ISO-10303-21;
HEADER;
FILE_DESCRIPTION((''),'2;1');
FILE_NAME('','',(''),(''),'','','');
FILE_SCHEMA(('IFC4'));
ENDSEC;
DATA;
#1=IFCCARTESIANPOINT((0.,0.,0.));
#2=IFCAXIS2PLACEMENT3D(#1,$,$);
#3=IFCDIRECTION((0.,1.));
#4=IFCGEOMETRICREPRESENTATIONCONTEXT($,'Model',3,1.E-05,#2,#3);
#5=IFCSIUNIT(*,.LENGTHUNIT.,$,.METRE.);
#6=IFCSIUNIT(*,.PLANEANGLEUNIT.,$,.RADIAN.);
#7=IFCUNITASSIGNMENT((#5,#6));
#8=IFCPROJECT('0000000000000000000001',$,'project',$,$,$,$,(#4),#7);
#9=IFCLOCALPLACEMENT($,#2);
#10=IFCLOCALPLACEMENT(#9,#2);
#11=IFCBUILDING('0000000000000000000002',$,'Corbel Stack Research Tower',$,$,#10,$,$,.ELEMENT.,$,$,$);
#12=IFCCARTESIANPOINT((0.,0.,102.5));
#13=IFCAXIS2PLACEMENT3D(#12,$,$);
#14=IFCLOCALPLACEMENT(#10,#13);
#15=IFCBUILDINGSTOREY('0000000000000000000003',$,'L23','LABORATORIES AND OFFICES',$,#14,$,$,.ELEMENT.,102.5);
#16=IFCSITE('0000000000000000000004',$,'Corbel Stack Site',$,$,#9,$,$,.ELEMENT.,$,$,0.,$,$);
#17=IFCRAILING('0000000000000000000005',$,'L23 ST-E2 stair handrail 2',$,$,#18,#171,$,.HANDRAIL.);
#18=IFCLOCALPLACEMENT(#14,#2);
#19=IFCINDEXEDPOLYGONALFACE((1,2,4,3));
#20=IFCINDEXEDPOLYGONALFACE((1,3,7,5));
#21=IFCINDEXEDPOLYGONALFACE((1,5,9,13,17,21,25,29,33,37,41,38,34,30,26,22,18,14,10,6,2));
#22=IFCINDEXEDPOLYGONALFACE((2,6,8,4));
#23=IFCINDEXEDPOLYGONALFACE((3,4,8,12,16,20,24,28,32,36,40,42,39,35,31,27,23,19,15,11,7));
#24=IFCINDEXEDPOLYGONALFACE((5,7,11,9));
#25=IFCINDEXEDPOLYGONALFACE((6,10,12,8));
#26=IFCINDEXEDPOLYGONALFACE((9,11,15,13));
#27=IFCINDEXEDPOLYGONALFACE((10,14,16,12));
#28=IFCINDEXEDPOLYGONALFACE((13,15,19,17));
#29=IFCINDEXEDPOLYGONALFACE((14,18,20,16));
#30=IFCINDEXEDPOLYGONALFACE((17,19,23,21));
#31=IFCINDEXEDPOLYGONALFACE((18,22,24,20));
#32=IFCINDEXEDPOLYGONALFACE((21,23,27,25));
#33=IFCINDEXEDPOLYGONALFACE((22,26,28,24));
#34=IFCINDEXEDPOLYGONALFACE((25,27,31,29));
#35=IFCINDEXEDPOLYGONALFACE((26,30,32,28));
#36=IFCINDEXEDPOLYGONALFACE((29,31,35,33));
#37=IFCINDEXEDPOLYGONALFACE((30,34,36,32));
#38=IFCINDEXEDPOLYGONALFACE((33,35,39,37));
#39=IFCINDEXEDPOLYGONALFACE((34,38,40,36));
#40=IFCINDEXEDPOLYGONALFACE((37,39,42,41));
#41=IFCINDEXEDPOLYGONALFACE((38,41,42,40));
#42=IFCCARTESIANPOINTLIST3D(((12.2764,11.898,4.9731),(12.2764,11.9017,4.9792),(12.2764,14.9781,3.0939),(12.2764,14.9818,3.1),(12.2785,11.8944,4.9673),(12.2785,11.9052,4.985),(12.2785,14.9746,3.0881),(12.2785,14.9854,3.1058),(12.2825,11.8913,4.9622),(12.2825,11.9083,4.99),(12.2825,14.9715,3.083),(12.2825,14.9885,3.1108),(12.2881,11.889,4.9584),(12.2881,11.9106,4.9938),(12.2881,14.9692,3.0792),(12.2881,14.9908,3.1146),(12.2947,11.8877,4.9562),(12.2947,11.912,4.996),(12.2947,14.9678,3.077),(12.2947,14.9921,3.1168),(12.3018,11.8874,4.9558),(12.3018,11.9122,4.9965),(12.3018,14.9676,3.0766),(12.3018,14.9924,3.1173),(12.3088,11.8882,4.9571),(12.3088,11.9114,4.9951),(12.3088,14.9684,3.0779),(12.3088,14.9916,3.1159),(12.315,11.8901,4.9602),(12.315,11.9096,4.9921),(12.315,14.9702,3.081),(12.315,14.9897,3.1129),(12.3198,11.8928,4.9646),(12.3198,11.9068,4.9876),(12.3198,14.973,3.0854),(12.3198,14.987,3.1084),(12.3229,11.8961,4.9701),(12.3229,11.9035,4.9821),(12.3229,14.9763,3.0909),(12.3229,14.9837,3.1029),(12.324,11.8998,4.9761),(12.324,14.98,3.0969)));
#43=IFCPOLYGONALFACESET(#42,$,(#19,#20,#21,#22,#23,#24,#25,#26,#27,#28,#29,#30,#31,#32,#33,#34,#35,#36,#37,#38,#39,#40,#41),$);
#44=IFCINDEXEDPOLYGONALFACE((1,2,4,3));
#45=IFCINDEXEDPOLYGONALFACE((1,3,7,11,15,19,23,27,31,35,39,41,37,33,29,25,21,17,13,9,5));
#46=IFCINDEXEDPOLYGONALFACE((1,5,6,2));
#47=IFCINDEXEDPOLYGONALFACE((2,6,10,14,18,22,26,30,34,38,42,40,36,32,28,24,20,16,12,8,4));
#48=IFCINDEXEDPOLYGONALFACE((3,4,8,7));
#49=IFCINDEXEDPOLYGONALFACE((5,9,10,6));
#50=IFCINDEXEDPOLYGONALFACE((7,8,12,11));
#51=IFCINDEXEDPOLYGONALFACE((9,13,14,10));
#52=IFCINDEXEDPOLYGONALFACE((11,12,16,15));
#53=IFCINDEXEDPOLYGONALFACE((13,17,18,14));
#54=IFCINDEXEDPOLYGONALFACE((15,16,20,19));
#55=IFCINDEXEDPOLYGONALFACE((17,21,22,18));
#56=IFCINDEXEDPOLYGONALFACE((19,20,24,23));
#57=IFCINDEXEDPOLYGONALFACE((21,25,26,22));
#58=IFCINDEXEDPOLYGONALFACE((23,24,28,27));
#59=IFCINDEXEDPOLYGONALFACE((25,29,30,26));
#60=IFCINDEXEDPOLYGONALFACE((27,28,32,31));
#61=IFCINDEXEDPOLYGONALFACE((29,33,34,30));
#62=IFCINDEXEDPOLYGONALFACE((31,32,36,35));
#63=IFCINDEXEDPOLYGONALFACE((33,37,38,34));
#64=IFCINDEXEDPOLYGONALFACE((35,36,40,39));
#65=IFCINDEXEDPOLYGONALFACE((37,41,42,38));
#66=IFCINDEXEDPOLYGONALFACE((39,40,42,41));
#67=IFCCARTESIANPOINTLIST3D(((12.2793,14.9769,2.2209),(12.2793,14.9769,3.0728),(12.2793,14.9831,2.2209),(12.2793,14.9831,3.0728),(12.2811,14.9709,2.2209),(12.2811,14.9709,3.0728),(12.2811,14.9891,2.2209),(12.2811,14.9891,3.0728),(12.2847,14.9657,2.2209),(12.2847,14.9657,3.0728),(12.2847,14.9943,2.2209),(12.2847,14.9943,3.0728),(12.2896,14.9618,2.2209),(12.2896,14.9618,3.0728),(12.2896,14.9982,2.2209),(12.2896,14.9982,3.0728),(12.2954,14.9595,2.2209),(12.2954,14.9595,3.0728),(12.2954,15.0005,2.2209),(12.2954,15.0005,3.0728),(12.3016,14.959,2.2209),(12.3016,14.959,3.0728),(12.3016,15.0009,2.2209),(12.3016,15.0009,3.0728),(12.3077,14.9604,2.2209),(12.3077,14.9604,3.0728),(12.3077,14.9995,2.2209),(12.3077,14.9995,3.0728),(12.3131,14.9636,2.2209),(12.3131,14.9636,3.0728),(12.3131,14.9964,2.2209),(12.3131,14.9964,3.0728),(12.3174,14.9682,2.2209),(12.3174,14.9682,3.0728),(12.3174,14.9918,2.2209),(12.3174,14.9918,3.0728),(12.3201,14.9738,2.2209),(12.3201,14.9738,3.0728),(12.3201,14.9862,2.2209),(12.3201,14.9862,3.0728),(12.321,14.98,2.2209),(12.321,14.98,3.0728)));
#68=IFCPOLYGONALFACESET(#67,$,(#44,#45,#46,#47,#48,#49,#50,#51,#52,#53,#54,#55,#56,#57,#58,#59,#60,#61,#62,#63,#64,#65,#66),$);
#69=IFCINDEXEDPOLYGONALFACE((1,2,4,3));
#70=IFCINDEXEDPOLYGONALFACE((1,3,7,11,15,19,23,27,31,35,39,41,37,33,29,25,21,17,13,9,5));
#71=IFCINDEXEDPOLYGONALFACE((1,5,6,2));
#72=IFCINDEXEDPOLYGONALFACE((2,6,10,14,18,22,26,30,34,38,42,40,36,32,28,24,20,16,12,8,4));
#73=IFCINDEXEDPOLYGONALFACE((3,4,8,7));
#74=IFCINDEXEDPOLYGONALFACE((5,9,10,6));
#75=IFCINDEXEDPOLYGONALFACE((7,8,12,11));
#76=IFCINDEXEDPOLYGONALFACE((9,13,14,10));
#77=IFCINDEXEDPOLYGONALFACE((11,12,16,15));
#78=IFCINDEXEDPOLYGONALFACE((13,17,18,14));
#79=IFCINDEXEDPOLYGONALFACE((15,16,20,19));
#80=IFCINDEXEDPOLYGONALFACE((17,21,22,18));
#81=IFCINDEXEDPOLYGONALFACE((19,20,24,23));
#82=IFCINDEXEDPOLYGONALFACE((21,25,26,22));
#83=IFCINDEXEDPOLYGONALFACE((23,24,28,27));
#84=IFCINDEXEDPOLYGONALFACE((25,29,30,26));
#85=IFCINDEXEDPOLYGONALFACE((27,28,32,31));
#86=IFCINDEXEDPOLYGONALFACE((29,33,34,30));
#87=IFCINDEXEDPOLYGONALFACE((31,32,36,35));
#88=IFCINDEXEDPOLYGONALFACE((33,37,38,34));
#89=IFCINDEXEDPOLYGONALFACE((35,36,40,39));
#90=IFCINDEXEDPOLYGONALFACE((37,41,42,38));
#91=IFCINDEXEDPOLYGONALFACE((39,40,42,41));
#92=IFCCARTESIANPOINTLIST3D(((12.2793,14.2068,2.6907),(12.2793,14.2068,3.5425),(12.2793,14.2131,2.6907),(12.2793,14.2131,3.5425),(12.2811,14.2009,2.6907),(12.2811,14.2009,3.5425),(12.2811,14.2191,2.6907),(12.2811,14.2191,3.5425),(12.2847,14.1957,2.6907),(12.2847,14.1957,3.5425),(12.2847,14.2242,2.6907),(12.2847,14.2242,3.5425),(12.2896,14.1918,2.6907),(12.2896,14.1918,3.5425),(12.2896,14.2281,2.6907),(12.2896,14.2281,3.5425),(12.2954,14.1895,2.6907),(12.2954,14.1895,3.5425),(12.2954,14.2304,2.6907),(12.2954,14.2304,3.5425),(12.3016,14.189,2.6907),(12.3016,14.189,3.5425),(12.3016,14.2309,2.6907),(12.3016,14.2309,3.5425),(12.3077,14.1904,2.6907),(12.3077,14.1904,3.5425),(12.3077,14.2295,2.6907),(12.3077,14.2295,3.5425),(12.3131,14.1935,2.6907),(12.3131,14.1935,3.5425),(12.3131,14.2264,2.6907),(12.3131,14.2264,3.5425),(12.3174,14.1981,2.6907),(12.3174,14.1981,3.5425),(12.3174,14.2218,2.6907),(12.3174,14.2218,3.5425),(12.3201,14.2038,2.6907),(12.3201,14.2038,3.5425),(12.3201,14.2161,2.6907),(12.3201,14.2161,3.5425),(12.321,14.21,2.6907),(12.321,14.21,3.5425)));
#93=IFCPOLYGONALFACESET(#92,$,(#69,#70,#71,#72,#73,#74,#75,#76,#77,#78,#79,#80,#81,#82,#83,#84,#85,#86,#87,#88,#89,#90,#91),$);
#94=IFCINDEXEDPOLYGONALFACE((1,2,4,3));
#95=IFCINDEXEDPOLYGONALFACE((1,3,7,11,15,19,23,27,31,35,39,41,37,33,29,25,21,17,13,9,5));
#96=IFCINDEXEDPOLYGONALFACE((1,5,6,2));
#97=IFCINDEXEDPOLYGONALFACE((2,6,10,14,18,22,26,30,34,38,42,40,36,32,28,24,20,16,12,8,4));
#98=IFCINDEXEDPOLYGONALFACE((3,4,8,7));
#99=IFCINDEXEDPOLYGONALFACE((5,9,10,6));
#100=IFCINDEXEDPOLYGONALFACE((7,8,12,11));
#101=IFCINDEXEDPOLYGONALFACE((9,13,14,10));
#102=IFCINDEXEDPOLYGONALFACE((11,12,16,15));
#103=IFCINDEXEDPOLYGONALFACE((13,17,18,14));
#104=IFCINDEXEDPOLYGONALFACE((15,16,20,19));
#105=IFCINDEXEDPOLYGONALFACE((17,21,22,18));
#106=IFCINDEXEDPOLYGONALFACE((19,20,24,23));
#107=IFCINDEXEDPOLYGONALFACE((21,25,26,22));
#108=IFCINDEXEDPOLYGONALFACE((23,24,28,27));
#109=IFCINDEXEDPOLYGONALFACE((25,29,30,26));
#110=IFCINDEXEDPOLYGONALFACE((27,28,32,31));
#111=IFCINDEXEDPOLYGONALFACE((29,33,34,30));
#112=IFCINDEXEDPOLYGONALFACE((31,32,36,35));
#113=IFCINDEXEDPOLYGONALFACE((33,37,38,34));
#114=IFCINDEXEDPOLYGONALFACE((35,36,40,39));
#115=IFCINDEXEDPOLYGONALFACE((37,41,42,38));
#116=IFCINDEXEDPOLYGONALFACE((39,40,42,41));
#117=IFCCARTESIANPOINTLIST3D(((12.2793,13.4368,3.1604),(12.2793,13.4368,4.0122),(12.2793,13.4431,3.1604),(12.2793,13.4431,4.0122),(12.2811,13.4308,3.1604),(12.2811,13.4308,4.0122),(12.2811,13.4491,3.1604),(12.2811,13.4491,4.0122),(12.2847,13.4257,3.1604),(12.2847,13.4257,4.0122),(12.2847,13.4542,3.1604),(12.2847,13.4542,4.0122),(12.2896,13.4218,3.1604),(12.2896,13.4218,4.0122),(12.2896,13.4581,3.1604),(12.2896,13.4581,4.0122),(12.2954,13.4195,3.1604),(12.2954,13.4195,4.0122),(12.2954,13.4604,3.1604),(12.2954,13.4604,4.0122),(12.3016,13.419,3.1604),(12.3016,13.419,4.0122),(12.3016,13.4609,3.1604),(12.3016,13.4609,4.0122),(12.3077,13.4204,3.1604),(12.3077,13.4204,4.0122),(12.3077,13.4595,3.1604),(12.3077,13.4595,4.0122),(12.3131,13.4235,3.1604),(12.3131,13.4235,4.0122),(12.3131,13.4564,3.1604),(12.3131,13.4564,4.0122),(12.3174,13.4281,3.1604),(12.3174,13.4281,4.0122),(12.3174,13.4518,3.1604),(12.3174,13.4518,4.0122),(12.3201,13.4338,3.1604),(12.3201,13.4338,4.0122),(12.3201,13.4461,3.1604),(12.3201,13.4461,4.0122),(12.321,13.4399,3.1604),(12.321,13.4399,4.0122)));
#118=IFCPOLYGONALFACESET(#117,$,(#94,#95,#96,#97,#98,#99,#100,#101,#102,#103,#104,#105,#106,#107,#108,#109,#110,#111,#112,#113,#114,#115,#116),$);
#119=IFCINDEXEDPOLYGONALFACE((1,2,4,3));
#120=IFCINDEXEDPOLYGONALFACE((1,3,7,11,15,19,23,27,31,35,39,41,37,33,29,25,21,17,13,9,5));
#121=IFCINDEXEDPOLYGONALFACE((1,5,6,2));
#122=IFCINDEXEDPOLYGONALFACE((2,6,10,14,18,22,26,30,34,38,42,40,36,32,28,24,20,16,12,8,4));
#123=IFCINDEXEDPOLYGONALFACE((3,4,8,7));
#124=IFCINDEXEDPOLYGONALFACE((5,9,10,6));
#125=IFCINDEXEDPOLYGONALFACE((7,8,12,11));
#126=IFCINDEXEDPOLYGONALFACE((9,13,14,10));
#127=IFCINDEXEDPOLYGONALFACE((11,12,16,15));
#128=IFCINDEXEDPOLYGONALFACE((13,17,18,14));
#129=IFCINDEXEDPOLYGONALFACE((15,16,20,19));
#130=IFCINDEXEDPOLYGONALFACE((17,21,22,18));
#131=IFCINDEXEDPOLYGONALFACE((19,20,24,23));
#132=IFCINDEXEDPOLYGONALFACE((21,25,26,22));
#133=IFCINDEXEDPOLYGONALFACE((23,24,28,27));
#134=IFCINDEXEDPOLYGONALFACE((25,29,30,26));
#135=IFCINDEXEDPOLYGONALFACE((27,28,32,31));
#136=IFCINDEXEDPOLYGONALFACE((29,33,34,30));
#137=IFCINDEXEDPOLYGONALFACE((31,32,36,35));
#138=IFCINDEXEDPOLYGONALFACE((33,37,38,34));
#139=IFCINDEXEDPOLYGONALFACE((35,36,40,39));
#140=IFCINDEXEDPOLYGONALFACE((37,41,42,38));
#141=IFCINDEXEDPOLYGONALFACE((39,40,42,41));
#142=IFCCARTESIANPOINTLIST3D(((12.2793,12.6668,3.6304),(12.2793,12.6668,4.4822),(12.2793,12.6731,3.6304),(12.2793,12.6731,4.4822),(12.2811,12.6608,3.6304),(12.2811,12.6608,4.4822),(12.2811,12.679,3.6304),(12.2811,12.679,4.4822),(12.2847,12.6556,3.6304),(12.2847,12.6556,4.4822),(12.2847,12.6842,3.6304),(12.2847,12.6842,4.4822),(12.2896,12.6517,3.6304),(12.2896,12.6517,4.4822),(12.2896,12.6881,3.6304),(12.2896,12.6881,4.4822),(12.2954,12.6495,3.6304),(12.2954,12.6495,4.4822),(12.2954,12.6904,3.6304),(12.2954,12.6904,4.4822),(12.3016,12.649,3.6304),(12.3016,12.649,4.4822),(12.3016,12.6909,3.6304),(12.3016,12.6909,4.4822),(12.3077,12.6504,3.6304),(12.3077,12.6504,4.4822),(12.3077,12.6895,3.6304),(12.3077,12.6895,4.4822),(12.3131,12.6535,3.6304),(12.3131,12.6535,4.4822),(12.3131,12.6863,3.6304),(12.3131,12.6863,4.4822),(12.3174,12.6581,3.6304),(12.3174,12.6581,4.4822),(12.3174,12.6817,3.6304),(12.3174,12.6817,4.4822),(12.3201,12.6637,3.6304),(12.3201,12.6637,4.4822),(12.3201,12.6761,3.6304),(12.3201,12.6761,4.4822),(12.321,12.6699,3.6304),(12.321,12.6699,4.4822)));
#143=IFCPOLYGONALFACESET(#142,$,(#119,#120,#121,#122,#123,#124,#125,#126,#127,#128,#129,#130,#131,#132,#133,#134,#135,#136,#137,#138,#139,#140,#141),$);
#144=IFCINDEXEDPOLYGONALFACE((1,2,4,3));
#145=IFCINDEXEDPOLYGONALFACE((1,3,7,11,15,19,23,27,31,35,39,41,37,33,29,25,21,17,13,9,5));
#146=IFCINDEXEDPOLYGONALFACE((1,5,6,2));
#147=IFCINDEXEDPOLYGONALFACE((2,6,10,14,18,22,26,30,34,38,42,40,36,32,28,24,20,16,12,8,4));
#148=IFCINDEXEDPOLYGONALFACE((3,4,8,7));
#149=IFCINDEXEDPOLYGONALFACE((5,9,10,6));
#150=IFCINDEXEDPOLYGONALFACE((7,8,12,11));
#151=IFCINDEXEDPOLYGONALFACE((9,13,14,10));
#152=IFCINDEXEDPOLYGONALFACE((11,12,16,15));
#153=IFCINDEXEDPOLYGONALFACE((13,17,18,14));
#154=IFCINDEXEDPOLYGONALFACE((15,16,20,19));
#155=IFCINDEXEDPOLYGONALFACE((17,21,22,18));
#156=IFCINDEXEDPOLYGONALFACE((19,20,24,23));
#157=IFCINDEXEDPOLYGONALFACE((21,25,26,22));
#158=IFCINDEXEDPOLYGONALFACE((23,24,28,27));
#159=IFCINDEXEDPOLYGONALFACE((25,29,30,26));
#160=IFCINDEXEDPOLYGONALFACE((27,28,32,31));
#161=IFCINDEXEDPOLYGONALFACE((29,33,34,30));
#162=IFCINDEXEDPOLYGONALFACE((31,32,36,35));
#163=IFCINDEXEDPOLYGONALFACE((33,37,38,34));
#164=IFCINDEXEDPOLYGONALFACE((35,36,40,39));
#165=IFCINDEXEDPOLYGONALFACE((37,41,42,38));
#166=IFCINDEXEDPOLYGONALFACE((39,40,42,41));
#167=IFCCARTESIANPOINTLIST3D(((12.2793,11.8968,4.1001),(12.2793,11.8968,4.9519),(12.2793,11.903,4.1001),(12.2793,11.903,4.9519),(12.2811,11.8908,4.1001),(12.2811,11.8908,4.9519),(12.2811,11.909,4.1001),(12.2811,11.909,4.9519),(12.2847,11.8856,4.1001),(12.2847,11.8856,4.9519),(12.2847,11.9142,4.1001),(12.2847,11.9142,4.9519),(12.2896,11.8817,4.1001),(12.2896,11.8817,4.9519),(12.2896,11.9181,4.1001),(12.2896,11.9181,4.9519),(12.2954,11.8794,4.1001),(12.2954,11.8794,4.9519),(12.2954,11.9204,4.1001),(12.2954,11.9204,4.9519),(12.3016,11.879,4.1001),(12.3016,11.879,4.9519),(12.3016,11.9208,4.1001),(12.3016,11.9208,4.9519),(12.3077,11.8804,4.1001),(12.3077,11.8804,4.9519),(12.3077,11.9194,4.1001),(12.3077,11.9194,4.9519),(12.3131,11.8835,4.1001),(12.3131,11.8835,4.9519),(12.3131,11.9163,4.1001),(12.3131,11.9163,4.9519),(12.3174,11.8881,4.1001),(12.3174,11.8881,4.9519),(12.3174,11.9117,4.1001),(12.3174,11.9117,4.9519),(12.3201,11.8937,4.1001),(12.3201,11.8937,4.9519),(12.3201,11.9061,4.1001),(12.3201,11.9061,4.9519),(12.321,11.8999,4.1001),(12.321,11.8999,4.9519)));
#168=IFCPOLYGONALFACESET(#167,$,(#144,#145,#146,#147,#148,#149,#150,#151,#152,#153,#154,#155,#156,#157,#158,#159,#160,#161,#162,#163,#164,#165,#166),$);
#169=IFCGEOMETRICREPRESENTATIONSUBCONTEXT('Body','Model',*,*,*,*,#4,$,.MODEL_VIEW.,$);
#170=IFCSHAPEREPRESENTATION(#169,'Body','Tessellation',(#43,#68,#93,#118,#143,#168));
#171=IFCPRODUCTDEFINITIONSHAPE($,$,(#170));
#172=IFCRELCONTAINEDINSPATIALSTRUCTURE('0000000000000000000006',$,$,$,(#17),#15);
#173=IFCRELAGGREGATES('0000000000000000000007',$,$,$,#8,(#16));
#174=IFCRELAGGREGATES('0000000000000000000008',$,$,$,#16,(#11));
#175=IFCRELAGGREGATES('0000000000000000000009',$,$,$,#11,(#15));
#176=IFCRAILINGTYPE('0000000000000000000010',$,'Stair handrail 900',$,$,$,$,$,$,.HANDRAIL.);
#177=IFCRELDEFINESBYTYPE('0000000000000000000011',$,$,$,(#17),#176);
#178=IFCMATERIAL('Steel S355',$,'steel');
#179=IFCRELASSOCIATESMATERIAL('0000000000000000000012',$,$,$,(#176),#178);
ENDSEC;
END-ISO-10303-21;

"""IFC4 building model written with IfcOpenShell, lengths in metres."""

from ifc_helpers import new_model, si_unit, direction, frame, origin, origin_2d, place, context, subcontext, project, spatial, circle, extrude, material, type_object, element, save


model = new_model("IFC4")

# Units and contexts
model_context = context("Model", 3, precision=1e-05, world=origin(), true_north=direction((0.0, 1.0)))
body_context = subcontext(model_context, "Body", "Model", "MODEL_VIEW")
ifc_project = project(units=[si_unit("LENGTHUNIT", "METRE"), si_unit("PLANEANGLEUNIT", "RADIAN")], contexts=[model_context])

# Site, building, storey
site_placement = place(None, origin())
site = spatial("IfcSite", under=ifc_project, at=site_placement, Name="Corbel Stack Site", CompositionType="ELEMENT", RefElevation=0.0)
building_placement = place(site_placement, origin())
building = spatial("IfcBuilding", under=site, at=building_placement, Name="Corbel Stack Research Tower", CompositionType="ELEMENT")
storey_placement = place(building_placement, frame((0.0, 0.0, 102.5)))
storey = spatial("IfcBuildingStorey", under=building, at=storey_placement, Name="L23", Description="LABORATORIES AND OFFICES", CompositionType="ELEMENT", Elevation=102.5)

# Railing
ifc_material_1 = material(Name="Steel S355", Category="steel")
railing_type_1 = type_object("IfcRailingType", Name="Stair handrail 900", PredefinedType="HANDRAIL", material=ifc_material_1)
railing_1_placement = place(storey_placement, frame((12.3, 14.98, 2.2209)))
element("IfcRailing", 1, at=railing_1_placement, inside=storey, type_object=railing_type_1, Name="L23 ST-E2 stair handrail 2", PredefinedType="HANDRAIL", context=body_context, shape_type="SweptSolid", body=[
    extrude(circle(Radius=0.0239, at=origin_2d()), frame((0.0, 0.0, 0.876), z_axis=(0.0, -0.853666, 0.52082), x_axis=(1.0, 0.0, 0.0)), (0.0, 0.0, 1.0), 3.6082),
    extrude(circle(Radius=0.021, at=origin_2d()), origin(), (0.0, 0.0, 1.0), 0.8518),
    extrude(circle(Radius=0.021, at=origin_2d()), frame((0.0, -0.77, 0.4697)), (0.0, 0.0, 1.0), 0.8518),
    extrude(circle(Radius=0.021, at=origin_2d()), frame((0.0, -1.54, 0.9395)), (0.0, 0.0, 1.0), 0.8518),
    extrude(circle(Radius=0.021, at=origin_2d()), frame((0.0, -2.3101, 1.4094)), (0.0, 0.0, 1.0), 0.8518),
    extrude(circle(Radius=0.021, at=origin_2d()), frame((0.0, -3.0801, 1.8792)), (0.0, 0.0, 1.0), 0.8518),
])

save(model, "model.ifc")
